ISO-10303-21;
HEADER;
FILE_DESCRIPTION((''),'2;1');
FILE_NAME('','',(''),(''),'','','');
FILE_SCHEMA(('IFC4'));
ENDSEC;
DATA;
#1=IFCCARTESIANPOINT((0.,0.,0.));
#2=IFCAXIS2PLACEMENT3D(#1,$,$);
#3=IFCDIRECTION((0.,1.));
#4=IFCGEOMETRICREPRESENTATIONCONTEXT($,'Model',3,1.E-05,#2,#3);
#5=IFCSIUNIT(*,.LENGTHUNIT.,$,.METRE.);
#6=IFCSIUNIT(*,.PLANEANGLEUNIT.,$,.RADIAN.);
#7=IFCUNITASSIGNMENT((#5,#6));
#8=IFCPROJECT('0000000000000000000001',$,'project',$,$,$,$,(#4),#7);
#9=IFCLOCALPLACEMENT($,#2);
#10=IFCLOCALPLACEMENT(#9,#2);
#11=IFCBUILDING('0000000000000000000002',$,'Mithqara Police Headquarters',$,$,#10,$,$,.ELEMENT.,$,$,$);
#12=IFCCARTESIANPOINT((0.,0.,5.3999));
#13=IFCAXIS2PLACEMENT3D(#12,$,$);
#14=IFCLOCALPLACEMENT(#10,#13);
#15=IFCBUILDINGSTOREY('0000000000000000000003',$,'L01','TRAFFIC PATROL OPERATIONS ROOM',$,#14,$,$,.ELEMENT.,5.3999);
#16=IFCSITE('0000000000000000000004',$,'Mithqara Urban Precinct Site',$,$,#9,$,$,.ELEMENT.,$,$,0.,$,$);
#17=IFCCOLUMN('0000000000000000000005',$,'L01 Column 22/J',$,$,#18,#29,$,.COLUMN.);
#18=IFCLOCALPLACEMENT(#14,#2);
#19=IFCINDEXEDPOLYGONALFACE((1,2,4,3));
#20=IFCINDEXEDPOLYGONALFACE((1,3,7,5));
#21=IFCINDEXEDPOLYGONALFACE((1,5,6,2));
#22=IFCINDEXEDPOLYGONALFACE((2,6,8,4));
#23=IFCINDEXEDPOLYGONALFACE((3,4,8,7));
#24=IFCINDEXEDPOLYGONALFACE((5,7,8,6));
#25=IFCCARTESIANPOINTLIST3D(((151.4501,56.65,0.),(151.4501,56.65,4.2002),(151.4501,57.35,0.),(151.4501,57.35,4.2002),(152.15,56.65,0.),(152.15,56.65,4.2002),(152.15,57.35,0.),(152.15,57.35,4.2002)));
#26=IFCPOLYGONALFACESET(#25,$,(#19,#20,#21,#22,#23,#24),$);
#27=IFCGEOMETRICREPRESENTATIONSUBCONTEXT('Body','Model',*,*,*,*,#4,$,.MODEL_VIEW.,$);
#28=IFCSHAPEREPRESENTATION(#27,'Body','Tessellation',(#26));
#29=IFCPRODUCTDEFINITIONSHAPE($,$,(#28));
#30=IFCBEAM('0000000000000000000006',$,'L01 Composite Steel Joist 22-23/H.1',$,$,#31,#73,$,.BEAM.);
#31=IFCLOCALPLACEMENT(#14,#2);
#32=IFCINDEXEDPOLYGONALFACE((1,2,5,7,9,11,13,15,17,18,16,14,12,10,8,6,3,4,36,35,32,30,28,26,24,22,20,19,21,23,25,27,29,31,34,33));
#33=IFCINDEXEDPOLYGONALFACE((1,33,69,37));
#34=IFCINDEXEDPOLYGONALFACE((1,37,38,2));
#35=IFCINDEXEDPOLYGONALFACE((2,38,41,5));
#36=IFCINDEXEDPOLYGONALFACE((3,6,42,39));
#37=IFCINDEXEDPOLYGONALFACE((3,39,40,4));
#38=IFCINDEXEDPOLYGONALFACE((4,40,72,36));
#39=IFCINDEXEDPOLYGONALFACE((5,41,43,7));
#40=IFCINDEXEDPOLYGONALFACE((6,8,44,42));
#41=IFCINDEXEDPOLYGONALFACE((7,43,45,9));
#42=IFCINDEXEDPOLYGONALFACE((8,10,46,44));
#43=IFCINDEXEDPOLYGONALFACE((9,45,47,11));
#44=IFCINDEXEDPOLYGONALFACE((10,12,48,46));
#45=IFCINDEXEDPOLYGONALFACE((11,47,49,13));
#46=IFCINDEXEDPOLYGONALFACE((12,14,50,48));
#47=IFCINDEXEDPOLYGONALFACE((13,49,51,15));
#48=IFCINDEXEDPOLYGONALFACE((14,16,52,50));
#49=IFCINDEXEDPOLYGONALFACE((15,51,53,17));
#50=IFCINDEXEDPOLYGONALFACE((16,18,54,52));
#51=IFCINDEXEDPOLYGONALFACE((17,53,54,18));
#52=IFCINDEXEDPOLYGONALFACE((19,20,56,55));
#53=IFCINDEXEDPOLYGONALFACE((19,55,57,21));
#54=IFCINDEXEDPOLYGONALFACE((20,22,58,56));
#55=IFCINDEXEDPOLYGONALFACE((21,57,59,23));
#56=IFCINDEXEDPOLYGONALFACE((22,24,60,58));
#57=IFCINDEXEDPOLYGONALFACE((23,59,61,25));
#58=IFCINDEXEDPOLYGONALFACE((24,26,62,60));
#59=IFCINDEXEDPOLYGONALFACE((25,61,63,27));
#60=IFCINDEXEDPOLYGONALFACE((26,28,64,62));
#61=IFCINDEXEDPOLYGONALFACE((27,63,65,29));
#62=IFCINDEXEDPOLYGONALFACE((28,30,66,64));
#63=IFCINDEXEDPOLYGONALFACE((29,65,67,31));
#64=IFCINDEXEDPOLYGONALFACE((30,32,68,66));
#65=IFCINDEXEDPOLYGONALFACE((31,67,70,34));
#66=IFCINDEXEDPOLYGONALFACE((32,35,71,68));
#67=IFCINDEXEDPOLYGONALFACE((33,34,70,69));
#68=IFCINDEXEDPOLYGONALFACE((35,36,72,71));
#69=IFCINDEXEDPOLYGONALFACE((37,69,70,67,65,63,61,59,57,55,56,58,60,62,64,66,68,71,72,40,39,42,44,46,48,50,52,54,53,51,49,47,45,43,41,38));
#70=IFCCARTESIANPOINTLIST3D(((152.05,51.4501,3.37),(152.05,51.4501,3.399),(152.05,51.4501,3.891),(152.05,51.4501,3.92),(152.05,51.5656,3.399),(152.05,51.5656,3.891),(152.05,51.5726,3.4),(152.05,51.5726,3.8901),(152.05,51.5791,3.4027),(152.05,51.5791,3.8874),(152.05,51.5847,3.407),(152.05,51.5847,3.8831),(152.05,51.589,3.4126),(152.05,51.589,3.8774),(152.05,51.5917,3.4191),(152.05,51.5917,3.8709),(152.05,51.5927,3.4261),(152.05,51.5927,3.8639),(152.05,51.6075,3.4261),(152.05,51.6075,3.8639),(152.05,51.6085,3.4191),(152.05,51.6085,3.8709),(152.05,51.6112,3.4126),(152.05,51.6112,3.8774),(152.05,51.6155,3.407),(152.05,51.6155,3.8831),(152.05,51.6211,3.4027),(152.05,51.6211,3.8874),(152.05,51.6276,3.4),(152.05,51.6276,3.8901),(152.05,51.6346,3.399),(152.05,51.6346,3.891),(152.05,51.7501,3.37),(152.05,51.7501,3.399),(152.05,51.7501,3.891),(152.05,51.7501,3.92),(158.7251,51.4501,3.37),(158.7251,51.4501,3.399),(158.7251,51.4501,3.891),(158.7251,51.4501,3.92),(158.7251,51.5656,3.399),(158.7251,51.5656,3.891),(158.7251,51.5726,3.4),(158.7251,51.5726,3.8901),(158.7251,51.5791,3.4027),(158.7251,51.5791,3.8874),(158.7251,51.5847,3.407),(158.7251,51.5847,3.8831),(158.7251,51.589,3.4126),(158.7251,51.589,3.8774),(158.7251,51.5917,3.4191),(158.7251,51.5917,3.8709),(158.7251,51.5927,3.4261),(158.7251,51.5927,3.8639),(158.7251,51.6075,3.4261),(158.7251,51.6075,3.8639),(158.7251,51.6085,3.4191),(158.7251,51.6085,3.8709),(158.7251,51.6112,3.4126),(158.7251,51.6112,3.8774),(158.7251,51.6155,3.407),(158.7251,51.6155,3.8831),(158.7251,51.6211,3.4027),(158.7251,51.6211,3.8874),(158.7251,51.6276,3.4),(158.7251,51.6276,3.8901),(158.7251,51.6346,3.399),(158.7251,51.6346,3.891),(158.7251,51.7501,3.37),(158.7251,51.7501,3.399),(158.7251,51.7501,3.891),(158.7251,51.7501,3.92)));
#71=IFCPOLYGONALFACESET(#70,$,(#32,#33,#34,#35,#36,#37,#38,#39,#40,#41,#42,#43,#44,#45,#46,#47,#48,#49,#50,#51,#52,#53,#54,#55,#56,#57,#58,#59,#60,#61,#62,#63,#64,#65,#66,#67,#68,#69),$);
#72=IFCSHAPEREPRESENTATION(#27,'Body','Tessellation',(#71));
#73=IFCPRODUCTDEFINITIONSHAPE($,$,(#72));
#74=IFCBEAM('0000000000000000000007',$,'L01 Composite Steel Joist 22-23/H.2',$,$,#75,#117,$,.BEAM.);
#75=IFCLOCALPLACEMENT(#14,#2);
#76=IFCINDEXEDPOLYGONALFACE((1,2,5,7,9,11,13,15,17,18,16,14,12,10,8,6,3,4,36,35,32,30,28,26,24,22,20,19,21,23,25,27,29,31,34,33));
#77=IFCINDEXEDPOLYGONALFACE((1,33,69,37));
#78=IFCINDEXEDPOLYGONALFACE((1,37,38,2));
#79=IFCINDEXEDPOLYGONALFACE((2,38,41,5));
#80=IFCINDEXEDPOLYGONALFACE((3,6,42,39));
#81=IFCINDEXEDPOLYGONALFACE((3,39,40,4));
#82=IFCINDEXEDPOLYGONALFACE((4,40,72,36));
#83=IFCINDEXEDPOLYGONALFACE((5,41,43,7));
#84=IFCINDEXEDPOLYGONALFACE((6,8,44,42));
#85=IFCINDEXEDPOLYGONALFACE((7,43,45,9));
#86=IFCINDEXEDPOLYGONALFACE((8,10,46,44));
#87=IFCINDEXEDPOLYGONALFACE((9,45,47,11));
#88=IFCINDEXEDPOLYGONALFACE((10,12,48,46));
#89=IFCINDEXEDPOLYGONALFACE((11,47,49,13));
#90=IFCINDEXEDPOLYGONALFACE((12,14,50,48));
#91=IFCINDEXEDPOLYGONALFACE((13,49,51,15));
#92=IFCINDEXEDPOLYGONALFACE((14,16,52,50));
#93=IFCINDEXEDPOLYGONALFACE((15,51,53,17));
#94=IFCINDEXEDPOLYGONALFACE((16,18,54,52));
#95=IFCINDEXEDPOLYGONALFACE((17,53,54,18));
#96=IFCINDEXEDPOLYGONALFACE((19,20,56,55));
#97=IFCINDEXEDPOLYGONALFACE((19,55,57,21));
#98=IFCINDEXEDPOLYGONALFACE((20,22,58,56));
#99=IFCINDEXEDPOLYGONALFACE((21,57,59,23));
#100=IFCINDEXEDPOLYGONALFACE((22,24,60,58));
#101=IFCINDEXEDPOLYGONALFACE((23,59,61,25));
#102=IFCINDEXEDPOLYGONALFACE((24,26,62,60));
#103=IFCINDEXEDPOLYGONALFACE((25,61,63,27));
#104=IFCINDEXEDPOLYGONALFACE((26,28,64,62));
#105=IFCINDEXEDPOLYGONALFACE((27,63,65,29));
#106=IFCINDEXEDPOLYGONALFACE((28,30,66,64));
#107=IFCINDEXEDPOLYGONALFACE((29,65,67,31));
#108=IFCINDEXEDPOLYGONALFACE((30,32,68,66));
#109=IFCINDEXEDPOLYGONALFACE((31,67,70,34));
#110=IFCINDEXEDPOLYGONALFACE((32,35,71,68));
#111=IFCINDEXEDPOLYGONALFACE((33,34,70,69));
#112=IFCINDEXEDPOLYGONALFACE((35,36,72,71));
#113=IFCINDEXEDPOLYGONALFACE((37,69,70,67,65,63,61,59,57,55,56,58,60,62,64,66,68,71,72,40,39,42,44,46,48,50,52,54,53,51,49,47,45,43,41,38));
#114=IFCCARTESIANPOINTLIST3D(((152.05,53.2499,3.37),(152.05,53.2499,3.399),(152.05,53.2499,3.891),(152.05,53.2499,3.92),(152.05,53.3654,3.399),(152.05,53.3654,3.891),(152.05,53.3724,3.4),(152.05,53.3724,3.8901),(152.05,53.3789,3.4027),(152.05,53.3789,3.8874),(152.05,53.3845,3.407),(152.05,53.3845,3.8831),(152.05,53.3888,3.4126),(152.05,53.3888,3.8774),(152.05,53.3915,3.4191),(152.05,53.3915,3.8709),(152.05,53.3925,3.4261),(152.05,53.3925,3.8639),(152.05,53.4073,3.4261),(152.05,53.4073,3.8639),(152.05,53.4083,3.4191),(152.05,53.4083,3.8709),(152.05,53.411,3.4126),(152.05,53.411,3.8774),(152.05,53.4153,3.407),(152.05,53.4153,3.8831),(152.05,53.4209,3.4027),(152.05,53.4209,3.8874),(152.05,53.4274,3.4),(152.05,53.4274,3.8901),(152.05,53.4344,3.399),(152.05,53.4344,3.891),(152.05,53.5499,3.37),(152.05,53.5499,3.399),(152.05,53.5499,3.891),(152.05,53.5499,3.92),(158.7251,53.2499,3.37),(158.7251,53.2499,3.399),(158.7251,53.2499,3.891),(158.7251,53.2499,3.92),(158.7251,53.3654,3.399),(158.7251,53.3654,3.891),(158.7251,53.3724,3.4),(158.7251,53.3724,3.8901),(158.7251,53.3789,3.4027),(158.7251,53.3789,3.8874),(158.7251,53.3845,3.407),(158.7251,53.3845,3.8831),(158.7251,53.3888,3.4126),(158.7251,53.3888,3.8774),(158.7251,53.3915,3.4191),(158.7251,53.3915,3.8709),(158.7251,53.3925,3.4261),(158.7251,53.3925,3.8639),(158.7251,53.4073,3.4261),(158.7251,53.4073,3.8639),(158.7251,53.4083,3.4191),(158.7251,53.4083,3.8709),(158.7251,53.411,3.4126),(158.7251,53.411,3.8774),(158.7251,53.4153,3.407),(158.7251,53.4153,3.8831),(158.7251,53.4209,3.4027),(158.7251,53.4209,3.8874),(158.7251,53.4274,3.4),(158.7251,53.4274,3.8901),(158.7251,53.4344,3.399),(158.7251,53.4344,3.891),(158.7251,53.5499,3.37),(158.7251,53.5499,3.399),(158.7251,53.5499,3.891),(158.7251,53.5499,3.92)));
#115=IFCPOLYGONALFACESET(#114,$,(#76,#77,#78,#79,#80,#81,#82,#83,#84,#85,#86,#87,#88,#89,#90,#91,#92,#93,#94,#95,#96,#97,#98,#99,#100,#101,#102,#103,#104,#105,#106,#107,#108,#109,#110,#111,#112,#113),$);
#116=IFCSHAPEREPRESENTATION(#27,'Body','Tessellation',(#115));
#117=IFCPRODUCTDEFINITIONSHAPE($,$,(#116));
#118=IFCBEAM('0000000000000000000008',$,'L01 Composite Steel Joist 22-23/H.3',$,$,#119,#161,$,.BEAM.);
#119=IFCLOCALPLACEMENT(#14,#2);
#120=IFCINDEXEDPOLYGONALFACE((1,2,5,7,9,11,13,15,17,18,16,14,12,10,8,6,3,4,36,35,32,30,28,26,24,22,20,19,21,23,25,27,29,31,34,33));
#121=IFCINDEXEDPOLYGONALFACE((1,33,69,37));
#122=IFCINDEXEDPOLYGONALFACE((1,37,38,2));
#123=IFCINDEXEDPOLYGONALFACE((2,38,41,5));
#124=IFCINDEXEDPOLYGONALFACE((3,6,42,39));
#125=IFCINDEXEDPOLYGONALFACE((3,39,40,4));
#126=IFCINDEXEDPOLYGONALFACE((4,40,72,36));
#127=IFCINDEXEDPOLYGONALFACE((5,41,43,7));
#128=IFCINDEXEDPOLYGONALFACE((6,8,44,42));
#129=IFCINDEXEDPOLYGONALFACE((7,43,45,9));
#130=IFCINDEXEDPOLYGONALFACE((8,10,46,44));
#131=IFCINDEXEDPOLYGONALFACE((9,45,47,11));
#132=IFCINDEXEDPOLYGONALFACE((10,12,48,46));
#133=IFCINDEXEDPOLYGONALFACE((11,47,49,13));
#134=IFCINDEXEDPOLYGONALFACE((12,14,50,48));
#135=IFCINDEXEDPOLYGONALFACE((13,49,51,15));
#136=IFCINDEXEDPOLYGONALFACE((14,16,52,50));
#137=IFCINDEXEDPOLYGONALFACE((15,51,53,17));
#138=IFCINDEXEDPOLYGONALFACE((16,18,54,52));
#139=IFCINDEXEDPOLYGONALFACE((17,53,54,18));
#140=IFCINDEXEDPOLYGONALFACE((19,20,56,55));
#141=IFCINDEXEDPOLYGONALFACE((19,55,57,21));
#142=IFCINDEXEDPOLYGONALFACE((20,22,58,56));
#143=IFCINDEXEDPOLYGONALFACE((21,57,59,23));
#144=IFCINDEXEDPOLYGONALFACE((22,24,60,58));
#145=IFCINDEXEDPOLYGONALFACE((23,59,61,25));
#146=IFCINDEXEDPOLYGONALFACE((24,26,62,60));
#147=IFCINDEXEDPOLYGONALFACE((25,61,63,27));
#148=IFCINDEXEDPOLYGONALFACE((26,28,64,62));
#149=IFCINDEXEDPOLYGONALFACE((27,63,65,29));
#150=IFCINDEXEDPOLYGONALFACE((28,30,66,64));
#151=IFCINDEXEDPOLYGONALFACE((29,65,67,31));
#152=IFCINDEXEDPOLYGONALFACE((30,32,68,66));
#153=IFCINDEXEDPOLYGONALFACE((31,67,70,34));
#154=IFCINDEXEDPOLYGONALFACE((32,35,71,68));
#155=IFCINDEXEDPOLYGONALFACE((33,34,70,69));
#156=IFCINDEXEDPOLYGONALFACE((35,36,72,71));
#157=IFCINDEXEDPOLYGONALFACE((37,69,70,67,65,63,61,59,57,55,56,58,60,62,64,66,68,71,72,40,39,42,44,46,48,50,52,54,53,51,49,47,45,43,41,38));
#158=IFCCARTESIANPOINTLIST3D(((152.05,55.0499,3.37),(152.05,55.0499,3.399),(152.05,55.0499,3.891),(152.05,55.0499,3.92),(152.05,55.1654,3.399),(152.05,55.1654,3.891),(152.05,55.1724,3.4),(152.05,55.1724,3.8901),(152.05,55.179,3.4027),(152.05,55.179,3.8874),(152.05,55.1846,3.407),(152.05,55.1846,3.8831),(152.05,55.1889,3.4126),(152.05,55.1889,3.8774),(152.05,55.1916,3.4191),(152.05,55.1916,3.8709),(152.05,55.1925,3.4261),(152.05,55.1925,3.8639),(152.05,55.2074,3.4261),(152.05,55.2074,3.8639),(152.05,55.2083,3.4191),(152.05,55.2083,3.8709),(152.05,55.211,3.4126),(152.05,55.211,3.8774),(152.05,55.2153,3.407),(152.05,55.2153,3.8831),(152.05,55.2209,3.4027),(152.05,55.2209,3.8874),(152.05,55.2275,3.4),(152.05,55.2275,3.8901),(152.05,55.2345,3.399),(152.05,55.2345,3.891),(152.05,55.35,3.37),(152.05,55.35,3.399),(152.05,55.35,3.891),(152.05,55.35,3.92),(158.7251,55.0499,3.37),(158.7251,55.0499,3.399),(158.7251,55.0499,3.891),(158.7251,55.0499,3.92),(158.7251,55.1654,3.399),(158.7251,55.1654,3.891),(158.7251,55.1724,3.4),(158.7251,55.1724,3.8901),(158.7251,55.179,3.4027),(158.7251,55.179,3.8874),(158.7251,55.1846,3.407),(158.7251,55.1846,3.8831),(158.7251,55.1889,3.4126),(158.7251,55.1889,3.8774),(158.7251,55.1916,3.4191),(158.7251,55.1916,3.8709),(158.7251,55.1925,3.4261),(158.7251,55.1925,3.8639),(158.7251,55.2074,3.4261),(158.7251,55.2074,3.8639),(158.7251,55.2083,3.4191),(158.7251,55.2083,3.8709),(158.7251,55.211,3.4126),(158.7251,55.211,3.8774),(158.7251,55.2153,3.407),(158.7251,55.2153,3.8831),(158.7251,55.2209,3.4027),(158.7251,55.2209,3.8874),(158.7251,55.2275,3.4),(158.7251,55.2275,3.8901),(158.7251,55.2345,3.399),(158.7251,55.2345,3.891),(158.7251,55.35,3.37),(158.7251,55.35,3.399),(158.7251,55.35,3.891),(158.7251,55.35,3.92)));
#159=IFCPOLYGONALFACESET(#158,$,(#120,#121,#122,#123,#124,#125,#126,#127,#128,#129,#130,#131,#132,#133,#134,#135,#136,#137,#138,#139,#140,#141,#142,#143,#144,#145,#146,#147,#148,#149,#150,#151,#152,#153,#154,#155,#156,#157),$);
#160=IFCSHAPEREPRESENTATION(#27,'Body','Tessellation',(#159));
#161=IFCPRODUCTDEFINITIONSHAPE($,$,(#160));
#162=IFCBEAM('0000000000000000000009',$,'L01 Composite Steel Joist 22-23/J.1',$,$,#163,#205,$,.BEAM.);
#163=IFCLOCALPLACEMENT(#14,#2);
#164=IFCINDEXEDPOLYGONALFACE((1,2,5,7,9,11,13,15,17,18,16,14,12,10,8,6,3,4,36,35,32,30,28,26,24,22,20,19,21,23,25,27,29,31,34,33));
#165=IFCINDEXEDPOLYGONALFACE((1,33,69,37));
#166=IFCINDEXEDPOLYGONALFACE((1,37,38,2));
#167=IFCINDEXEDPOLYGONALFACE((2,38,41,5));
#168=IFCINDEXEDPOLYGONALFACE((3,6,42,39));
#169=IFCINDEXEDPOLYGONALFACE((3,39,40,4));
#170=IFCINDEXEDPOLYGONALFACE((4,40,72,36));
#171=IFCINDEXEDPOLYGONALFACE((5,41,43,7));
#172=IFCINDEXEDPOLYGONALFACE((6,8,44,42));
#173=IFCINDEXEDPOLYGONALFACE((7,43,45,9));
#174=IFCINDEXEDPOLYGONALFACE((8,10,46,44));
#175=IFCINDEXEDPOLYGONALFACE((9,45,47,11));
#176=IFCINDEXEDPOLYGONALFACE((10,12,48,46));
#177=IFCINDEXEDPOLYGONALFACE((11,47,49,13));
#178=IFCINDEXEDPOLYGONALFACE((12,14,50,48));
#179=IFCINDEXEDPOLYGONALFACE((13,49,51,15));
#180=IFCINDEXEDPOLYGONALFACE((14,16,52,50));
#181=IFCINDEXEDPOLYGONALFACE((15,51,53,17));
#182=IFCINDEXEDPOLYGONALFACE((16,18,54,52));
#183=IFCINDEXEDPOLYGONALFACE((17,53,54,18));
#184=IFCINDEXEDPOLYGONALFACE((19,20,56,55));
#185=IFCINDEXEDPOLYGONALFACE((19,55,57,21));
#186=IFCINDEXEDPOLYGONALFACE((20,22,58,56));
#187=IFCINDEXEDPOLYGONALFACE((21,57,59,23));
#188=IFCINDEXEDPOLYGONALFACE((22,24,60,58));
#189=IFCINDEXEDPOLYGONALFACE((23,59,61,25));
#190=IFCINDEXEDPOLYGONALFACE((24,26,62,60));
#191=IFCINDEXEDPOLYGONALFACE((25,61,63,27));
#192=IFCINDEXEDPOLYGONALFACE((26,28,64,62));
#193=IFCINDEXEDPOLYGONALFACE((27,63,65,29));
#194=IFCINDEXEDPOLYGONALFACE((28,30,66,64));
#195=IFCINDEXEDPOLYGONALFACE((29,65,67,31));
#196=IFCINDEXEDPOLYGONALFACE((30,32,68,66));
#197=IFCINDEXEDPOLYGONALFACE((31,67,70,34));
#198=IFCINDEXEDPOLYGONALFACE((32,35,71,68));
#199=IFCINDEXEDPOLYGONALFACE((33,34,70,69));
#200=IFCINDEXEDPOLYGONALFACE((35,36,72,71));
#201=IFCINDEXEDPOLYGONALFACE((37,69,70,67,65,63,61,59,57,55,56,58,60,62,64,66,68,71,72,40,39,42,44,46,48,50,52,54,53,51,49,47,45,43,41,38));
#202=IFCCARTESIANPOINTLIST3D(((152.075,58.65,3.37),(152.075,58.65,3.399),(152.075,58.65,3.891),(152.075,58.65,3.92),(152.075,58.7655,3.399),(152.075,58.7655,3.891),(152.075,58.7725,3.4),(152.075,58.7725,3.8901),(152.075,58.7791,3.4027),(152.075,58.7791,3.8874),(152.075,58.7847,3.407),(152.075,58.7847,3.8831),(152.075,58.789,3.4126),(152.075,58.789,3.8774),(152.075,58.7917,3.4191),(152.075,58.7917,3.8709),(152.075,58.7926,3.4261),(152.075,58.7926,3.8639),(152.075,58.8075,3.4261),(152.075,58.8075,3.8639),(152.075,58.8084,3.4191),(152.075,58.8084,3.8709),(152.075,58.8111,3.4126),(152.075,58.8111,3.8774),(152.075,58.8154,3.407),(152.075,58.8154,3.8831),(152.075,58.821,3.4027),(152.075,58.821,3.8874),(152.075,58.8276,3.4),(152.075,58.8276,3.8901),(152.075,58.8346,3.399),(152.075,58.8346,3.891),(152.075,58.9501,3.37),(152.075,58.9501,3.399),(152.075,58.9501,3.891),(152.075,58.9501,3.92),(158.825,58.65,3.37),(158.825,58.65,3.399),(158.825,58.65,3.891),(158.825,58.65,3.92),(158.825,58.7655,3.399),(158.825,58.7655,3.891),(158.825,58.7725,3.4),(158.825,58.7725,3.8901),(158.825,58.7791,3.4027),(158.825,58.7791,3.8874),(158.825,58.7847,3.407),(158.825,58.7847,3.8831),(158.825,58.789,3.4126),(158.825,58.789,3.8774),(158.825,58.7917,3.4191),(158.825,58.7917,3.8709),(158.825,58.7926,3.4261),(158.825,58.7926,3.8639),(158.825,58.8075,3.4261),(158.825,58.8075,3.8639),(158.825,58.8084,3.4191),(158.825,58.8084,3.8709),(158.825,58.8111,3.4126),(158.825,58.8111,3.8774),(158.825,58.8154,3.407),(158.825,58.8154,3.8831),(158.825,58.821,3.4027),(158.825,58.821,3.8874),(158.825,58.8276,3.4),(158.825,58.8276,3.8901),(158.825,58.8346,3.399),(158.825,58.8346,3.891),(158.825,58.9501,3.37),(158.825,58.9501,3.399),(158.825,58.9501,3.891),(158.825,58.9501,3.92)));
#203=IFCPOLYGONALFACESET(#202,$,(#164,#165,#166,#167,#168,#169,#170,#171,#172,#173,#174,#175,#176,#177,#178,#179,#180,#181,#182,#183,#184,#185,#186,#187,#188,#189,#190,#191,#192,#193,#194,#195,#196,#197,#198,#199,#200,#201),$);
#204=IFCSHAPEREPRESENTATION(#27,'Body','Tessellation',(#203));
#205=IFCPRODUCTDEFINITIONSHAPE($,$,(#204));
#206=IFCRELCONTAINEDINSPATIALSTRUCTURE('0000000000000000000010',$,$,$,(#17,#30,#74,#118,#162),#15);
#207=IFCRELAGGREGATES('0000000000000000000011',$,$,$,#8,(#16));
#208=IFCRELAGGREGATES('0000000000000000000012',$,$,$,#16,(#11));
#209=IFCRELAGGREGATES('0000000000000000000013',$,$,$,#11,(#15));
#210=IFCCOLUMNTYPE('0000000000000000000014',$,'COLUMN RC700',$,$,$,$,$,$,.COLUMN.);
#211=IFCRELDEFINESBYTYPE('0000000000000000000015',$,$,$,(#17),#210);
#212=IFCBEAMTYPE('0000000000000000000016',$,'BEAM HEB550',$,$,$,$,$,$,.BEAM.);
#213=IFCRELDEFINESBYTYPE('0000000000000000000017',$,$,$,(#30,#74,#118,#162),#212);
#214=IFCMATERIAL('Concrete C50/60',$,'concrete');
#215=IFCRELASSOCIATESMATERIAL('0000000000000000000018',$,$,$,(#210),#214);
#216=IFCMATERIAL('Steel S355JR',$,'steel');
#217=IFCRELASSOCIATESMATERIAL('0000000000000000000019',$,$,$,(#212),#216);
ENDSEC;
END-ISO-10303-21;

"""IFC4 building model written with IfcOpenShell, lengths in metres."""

from ifc_helpers import new_model, si_unit, direction, frame, origin, origin_2d, place, context, subcontext, project, spatial, rectangle, i_section, extrude, material, material_profile, profile_set, type_object, element, save


model = new_model("IFC4")

# Units and contexts
model_context = context("Model", 3, precision=1e-05, world=origin(), true_north=direction((0.0, 1.0)))
body_context = subcontext(model_context, "Body", "Model", "MODEL_VIEW")
ifc_project = project(units=[si_unit("LENGTHUNIT", "METRE"), si_unit("PLANEANGLEUNIT", "RADIAN")], contexts=[model_context])

# Site, building, storey
site_placement = place(None, origin())
site = spatial("IfcSite", under=ifc_project, at=site_placement, Name="Mithqara Urban Precinct Site", CompositionType="ELEMENT", RefElevation=0.0)
building_placement = place(site_placement, origin())
building = spatial("IfcBuilding", under=site, at=building_placement, Name="Mithqara Police Headquarters", CompositionType="ELEMENT")
storey_placement = place(building_placement, frame((0.0, 0.0, 5.3999)))
storey = spatial("IfcBuildingStorey", under=building, at=storey_placement, Name="L01", Description="TRAFFIC PATROL OPERATIONS ROOM", CompositionType="ELEMENT", Elevation=5.3999)

# Column
ifc_material_1 = material(Name="Concrete C50/60", Category="concrete")
ifc_material_profile_1 = material_profile(ifc_material_1, rectangle(XDim=0.7, YDim=0.7, at=origin_2d()), Name="RC 700x700")
ifc_profile_set_1 = profile_set([ifc_material_profile_1], Name="Concrete C50/60")
column_type = type_object("IfcColumnType", Name="COLUMN RC700", PredefinedType="COLUMN", material=ifc_profile_set_1)
column_placement = place(storey_placement, frame((151.8, 57.0, 0.0), z_axis=(0.0, 0.0, 1.0), x_axis=(1.0, 0.0, 0.0)))
element("IfcColumn", 1, at=column_placement, inside=storey, type_object=column_type, Name="L01 Column 22/J", PredefinedType="COLUMN", context=body_context, shape_type="SweptSolid", body=[
    extrude(rectangle(XDim=0.7, YDim=0.7, at=origin_2d()), origin(), (0.0, 0.0, 1.0), 4.2002),
])

# Beams
ifc_material_2 = material(Name="Steel S355JR", Category="steel")
ifc_material_profile_2 = material_profile(ifc_material_2, i_section(OverallWidth=0.3, OverallDepth=0.55, WebThickness=0.0149, FlangeThickness=0.0291, FilletRadius=0.0271, at=origin_2d()), Name="HEB 550")
ifc_profile_set_2 = profile_set([ifc_material_profile_2], Name="Steel S355JR")
beam_type_1 = type_object("IfcBeamType", Name="BEAM HEB550", PredefinedType="BEAM", material=ifc_profile_set_2)
for number, where, z_axis, x_axis, name in (
    (2, (152.05, 51.6001, 3.645), (1.0, 0.0, 0.0), (0.0, 1.0, 0.0), "L01 Composite Steel Joist 22-23/H.1"),
    (3, (152.05, 53.3999, 3.645), (1.0, 0.0, 0.0), (0.0, 1.0, 0.0), "L01 Composite Steel Joist 22-23/H.2"),
    (4, (152.05, 55.2, 3.645), (1.0, 0.0, 0.0), (0.0, 1.0, 0.0), "L01 Composite Steel Joist 22-23/H.3"),
):
    element("IfcBeam", number, at=place(storey_placement, frame(where, z_axis=z_axis, x_axis=x_axis)), inside=storey, type_object=beam_type_1, Name=name, PredefinedType="BEAM", context=body_context, shape_type="SweptSolid", body=[
        extrude(i_section(OverallWidth=0.3, OverallDepth=0.55, WebThickness=0.0149, FlangeThickness=0.0291, FilletRadius=0.0271, at=origin_2d()), origin(), (0.0, 0.0, 1.0), 6.675),
    ])
beam_1_placement = place(storey_placement, frame((152.075, 58.8, 3.645), z_axis=(1.0, 0.0, 0.0), x_axis=(0.0, 1.0, 0.0)))
element("IfcBeam", 5, at=beam_1_placement, inside=storey, type_object=beam_type_1, Name="L01 Composite Steel Joist 22-23/J.1", PredefinedType="BEAM", context=body_context, shape_type="SweptSolid", body=[
    extrude(i_section(OverallWidth=0.3, OverallDepth=0.55, WebThickness=0.0149, FlangeThickness=0.0291, FilletRadius=0.0271, at=origin_2d()), origin(), (0.0, 0.0, 1.0), 6.75),
])

save(model, "model.ifc")
